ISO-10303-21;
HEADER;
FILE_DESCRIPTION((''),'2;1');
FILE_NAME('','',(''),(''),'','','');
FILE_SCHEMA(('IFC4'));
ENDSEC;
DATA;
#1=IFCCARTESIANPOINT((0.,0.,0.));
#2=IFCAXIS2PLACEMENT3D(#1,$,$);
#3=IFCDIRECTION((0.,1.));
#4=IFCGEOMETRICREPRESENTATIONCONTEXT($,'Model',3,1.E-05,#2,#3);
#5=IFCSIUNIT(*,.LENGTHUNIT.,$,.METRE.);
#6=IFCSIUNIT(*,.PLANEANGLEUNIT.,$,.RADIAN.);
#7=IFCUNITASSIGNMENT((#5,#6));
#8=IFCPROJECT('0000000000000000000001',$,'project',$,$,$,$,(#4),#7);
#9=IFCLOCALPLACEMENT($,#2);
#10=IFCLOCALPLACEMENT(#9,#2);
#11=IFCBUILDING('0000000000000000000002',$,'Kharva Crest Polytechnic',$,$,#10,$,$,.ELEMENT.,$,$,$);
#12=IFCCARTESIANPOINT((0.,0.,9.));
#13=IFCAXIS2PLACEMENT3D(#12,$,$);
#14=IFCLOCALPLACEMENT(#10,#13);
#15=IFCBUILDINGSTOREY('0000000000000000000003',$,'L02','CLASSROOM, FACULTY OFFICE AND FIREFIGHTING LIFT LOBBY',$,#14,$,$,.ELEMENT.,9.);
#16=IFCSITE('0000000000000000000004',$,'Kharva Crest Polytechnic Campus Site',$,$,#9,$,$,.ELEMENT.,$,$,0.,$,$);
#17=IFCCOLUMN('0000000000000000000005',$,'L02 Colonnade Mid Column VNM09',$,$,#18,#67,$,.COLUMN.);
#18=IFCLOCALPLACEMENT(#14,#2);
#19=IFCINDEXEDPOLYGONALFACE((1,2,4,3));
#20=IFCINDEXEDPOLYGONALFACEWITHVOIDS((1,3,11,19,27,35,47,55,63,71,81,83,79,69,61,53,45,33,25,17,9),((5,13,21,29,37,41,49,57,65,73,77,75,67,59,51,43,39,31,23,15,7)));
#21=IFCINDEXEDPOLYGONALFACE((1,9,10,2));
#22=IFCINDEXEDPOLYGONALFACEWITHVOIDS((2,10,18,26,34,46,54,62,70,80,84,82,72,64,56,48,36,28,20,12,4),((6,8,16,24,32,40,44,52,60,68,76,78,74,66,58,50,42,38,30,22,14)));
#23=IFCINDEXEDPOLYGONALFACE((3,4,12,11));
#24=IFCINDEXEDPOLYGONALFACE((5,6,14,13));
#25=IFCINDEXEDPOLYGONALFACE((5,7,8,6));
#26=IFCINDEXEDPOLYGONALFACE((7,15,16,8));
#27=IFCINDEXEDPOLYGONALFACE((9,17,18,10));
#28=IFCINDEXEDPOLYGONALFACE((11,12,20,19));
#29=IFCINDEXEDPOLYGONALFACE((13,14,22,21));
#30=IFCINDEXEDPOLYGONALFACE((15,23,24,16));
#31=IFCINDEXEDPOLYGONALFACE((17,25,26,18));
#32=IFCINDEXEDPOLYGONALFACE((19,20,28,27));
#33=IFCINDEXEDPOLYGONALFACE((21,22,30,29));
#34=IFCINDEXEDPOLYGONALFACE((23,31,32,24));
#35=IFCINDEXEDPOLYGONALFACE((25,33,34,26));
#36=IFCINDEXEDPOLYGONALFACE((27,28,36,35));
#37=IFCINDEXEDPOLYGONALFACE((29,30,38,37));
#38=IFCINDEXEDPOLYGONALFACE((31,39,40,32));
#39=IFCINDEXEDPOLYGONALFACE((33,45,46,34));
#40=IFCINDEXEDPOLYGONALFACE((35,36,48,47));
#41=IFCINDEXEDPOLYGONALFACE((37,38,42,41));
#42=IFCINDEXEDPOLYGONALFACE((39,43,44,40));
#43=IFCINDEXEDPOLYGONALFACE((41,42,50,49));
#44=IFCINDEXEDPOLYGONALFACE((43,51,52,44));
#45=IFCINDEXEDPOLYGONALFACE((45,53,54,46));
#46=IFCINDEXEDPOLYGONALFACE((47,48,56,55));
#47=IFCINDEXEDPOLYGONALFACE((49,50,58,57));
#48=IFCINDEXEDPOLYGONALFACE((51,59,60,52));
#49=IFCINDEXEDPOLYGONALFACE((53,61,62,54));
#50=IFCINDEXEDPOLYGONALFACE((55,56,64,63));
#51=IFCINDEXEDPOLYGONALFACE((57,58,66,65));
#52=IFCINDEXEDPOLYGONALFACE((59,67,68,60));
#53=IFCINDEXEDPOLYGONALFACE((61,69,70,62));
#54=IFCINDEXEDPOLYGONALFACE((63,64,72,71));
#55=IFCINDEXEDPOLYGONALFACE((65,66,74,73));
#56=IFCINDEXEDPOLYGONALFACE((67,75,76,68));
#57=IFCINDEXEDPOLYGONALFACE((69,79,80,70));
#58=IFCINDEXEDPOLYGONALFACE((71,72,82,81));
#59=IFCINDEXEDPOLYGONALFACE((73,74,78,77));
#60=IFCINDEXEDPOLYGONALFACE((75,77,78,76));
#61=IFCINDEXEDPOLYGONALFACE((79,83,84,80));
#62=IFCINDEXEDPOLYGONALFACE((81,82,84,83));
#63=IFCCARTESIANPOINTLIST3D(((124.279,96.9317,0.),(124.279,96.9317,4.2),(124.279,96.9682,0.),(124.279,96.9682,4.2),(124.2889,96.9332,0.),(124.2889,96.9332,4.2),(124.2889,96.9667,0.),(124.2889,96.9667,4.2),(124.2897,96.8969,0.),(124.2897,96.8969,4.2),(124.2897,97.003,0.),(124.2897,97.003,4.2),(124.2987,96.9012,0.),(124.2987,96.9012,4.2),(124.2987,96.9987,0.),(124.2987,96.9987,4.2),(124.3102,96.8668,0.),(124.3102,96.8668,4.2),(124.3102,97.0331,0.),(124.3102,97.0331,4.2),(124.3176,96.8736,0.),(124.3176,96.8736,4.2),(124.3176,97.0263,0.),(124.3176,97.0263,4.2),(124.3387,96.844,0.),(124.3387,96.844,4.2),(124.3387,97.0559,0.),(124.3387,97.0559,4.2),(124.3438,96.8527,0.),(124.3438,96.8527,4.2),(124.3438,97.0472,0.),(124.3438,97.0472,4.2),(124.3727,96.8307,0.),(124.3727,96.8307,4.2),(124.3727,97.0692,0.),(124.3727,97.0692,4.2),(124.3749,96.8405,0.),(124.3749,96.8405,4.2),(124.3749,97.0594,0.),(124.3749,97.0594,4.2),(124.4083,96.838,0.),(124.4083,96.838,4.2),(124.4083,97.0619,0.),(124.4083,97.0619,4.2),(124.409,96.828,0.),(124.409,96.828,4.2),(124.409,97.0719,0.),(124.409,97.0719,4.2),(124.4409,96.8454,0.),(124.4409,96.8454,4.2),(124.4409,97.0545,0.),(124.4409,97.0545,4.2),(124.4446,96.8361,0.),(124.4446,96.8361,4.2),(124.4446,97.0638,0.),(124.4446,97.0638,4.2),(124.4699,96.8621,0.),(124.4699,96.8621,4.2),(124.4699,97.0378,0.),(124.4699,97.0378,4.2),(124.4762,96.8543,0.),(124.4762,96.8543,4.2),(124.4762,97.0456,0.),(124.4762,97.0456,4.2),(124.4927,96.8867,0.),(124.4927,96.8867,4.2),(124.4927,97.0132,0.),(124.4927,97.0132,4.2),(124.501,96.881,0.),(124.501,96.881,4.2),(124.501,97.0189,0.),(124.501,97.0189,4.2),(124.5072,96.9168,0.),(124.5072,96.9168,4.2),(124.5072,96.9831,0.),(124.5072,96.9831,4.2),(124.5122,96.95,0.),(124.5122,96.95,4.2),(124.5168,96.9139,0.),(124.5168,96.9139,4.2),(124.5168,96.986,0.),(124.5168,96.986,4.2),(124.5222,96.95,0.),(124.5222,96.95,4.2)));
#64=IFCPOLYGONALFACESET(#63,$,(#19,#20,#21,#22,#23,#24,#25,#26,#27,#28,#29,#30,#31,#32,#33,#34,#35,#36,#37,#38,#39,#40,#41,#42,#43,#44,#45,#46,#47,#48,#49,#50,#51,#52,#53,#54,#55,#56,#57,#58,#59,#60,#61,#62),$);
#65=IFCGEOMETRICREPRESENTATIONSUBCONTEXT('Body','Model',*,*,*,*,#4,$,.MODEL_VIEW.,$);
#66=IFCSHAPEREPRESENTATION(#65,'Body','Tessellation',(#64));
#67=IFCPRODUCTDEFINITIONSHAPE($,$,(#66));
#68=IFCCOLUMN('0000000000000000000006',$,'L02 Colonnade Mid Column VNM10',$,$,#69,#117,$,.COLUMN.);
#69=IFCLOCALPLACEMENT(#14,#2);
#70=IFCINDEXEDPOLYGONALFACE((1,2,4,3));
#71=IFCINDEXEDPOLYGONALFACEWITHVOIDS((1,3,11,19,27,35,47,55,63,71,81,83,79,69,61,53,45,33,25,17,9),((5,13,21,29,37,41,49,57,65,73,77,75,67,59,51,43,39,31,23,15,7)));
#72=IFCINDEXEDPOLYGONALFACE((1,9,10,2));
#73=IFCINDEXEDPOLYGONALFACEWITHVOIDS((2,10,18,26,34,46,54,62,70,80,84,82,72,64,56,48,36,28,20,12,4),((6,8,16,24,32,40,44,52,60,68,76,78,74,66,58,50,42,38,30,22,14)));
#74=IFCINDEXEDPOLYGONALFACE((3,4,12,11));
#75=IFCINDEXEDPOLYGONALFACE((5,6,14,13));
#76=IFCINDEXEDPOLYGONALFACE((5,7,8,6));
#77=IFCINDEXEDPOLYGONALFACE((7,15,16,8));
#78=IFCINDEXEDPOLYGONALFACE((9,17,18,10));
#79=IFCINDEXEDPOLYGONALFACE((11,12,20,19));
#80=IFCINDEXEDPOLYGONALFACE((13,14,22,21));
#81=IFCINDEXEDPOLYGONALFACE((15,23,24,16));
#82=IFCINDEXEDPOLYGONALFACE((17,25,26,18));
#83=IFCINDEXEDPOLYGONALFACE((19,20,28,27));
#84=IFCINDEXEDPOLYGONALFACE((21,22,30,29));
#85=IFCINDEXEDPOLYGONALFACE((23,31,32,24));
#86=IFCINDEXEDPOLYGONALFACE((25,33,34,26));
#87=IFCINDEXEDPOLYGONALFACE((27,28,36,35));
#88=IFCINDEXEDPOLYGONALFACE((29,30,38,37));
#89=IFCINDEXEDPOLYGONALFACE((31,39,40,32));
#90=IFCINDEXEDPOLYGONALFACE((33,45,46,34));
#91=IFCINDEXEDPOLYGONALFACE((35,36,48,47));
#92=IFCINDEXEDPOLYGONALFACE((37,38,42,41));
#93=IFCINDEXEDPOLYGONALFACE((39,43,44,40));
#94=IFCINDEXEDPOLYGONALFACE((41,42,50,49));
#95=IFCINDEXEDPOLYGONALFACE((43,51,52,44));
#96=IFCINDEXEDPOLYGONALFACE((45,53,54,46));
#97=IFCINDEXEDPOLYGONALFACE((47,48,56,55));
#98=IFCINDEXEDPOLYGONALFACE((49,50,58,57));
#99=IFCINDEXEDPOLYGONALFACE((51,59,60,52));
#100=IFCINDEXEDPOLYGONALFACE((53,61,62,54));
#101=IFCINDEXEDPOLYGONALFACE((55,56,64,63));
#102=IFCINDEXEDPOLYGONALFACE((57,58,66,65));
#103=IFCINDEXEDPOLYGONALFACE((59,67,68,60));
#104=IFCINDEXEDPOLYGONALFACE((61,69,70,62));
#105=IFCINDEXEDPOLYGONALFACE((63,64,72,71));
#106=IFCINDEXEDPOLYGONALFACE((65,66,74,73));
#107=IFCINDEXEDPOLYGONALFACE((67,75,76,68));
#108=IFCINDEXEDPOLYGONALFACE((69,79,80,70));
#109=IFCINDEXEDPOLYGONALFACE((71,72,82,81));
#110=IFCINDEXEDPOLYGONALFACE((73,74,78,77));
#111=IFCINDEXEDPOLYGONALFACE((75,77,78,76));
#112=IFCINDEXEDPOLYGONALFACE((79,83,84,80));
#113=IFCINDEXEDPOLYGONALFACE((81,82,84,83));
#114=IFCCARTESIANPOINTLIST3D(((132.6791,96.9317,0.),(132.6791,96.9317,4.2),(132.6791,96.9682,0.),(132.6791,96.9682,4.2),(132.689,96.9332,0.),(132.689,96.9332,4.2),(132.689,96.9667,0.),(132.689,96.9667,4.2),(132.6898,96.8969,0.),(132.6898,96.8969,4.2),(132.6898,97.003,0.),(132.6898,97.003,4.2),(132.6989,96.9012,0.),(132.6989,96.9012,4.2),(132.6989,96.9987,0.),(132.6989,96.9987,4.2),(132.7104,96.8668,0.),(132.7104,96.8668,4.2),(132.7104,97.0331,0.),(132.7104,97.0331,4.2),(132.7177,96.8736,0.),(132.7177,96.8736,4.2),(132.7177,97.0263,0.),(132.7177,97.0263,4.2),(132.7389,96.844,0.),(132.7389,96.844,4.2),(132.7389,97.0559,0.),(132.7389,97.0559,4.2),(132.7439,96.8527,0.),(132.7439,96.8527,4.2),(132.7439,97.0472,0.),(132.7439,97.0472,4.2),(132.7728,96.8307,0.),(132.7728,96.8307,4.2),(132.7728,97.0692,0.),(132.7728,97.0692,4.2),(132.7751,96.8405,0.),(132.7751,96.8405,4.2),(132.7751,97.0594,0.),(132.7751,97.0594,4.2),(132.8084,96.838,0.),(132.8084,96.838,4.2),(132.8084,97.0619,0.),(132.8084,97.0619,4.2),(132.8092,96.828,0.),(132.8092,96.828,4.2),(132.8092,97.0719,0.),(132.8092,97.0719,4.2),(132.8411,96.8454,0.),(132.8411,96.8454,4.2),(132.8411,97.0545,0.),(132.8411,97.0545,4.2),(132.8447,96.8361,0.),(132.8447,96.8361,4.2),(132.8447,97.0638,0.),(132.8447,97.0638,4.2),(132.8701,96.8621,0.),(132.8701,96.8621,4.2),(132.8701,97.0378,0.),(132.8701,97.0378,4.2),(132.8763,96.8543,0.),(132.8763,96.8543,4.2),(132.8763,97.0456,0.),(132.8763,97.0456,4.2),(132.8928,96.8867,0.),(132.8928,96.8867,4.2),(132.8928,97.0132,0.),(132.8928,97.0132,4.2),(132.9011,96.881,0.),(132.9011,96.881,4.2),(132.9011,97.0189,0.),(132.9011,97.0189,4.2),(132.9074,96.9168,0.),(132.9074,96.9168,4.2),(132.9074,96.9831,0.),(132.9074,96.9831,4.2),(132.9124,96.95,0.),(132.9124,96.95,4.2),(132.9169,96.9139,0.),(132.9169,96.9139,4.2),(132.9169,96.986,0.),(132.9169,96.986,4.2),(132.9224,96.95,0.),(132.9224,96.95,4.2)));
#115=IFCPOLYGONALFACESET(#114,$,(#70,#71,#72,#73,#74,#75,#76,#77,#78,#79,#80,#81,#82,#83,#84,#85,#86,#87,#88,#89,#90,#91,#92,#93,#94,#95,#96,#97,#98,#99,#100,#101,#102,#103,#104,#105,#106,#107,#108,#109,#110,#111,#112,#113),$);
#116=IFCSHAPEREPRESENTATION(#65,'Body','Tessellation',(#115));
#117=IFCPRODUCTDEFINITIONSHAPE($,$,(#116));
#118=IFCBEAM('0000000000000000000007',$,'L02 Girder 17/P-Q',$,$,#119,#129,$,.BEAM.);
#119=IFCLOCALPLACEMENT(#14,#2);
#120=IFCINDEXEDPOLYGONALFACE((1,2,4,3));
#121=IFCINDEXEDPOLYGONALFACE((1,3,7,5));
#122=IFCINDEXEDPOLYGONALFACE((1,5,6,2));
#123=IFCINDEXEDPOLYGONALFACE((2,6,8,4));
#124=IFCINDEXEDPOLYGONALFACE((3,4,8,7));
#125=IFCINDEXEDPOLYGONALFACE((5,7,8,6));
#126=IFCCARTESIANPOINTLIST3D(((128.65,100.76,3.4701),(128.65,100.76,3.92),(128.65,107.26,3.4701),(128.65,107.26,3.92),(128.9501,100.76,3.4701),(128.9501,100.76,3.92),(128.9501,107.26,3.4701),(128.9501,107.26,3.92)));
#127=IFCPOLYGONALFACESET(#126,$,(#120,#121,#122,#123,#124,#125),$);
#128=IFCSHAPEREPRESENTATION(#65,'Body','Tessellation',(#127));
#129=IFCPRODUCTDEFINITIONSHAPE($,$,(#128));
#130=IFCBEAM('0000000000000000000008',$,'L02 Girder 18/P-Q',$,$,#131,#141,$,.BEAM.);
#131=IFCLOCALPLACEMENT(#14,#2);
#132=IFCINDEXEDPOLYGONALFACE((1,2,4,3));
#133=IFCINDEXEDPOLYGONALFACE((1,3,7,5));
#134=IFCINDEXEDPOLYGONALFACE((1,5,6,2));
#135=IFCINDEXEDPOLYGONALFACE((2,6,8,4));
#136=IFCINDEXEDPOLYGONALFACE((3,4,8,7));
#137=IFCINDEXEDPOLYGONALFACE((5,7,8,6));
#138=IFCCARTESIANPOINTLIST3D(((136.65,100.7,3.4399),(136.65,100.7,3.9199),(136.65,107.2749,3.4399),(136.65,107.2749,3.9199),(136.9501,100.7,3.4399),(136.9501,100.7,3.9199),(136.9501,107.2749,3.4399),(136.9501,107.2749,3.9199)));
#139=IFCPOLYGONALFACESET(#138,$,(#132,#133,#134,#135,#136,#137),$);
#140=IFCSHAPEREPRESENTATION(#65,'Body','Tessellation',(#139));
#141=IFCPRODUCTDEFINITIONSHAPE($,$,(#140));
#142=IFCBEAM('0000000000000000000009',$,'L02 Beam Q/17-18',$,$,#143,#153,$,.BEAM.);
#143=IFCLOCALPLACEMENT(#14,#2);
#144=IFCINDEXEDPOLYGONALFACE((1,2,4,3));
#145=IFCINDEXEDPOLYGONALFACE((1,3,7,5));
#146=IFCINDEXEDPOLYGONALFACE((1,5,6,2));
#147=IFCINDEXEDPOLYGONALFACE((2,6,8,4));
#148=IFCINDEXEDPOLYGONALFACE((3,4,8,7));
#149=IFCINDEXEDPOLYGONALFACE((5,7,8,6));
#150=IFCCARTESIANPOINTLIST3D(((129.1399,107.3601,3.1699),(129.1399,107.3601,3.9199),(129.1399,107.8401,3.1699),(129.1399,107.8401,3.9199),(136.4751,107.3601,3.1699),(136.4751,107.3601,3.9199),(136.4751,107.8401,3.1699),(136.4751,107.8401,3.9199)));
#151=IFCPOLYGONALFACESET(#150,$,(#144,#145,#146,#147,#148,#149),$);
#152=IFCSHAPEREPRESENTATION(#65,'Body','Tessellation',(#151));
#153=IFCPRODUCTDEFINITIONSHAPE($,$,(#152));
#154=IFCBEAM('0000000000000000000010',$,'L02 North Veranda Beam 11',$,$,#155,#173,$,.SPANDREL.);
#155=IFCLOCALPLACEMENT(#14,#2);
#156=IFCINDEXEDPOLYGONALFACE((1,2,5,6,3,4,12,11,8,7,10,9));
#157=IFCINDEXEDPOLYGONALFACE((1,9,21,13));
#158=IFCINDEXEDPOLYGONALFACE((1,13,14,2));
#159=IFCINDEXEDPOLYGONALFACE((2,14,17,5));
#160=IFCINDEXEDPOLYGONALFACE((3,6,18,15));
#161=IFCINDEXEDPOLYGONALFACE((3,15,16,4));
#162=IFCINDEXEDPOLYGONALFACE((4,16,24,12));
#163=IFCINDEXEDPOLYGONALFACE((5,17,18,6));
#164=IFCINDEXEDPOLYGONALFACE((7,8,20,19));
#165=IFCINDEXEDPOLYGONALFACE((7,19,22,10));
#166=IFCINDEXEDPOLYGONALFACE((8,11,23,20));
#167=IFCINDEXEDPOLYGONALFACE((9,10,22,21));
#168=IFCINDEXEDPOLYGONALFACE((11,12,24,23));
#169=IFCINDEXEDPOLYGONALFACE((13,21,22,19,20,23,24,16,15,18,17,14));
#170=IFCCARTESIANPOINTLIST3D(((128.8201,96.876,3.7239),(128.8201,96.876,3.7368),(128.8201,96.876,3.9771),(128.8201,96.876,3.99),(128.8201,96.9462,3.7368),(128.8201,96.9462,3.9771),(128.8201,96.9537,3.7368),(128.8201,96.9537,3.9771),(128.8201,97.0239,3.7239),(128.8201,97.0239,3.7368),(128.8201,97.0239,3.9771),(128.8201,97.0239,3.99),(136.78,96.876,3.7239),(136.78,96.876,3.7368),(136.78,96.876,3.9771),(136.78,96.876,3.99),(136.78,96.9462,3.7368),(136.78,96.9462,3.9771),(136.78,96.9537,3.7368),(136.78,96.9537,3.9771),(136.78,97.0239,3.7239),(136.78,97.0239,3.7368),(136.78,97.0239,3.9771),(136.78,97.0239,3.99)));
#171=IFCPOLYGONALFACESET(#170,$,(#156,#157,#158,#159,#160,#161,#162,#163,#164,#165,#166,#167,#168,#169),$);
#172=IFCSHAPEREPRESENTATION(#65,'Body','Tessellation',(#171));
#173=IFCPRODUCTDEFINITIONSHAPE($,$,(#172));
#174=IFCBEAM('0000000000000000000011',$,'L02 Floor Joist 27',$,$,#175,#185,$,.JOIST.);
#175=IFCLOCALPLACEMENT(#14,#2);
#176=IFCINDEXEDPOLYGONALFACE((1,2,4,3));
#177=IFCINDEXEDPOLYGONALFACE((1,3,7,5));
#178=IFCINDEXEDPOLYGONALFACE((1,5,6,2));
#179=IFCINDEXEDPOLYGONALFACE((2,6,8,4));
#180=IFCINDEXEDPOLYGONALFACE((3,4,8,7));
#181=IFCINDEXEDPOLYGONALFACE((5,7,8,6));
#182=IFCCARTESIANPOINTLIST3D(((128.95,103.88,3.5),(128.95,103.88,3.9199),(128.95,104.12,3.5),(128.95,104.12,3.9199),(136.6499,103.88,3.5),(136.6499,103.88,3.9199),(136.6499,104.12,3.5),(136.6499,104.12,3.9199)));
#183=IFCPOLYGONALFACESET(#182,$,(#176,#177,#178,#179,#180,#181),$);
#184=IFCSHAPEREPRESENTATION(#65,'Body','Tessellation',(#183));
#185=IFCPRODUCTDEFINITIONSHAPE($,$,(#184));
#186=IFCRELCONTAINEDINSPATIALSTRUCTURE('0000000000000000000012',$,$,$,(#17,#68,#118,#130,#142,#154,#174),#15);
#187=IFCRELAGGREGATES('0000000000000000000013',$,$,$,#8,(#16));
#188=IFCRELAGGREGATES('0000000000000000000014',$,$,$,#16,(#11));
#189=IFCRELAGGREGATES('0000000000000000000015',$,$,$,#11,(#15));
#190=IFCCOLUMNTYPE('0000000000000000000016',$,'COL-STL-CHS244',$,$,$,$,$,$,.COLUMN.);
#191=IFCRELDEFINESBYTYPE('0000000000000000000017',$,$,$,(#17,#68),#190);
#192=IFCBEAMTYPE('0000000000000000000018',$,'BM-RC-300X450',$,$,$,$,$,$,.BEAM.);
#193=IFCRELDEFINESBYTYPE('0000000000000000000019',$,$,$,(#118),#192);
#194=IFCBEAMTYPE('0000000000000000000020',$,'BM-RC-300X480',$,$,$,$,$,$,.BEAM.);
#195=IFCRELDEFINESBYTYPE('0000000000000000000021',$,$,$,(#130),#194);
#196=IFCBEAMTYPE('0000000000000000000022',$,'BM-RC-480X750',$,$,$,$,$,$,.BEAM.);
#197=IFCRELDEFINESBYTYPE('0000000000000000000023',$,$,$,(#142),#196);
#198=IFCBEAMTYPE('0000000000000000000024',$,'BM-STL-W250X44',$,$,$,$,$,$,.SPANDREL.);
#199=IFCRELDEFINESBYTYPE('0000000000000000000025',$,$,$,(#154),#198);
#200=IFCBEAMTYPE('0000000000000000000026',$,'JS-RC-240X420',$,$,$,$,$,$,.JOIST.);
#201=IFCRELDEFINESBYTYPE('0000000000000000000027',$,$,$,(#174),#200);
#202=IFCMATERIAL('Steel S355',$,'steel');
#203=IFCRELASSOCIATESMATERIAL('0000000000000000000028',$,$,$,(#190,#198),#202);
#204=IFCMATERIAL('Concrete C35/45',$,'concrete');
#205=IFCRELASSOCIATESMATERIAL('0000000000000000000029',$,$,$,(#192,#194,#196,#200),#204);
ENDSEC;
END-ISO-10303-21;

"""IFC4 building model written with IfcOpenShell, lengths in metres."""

from ifc_helpers import new_model, si_unit, direction, frame, origin, origin_2d, place, context, subcontext, project, spatial, rectangle, hollow_circle, i_section, extrude, material, material_profile, profile_set, type_object, element, save


model = new_model("IFC4")

# Units and contexts
model_context = context("Model", 3, precision=1e-05, world=origin(), true_north=direction((0.0, 1.0)))
body_context = subcontext(model_context, "Body", "Model", "MODEL_VIEW")
ifc_project = project(units=[si_unit("LENGTHUNIT", "METRE"), si_unit("PLANEANGLEUNIT", "RADIAN")], contexts=[model_context])

# Site, building, storey
site_placement = place(None, origin())
site = spatial("IfcSite", under=ifc_project, at=site_placement, Name="Kharva Crest Polytechnic Campus Site", CompositionType="ELEMENT", RefElevation=0.0)
building_placement = place(site_placement, origin())
building = spatial("IfcBuilding", under=site, at=building_placement, Name="Kharva Crest Polytechnic", CompositionType="ELEMENT")
storey_placement = place(building_placement, frame((0.0, 0.0, 9.0)))
storey = spatial("IfcBuildingStorey", under=building, at=storey_placement, Name="L02", Description="CLASSROOM, FACULTY OFFICE AND FIREFIGHTING LIFT LOBBY", CompositionType="ELEMENT", Elevation=9.0)

# Columns
ifc_material_1 = material(Name="Steel S355", Category="steel")
ifc_material_profile_1 = material_profile(ifc_material_1, hollow_circle(Radius=0.1223, WallThickness=0.01, at=origin_2d()), Name="CHS 244.5X10.0")
ifc_profile_set_1 = profile_set([ifc_material_profile_1], Name="Steel S355")
column_type_1 = type_object("IfcColumnType", Name="COL-STL-CHS244", PredefinedType="COLUMN", material=ifc_profile_set_1)
for number, where, z_axis, x_axis, name in (
    (1, (124.3999, 96.95, 0.0), (0.0, 0.0, 1.0), (1.0, 0.0, 0.0), "L02 Colonnade Mid Column VNM09"),
    (2, (132.8, 96.95, 0.0), (0.0, 0.0, 1.0), (1.0, 0.0, 0.0), "L02 Colonnade Mid Column VNM10"),
):
    element("IfcColumn", number, at=place(storey_placement, frame(where, z_axis=z_axis, x_axis=x_axis)), inside=storey, type_object=column_type_1, Name=name, PredefinedType="COLUMN", context=body_context, shape_type="SweptSolid", body=[
        extrude(hollow_circle(Radius=0.1223, WallThickness=0.01, at=origin_2d()), origin(), (0.0, 0.0, 1.0), 4.2),
    ])

# Beams
ifc_material_2 = material(Name="Concrete C35/45", Category="concrete")
ifc_material_profile_2 = material_profile(ifc_material_2, rectangle(XDim=0.3, YDim=0.45, at=origin_2d()), Name="RECT 300 X 450")
ifc_profile_set_2 = profile_set([ifc_material_profile_2], Name="Concrete C35/45")
beam_type_1 = type_object("IfcBeamType", Name="BM-RC-300X450", PredefinedType="BEAM", material=ifc_profile_set_2)
beam_1_placement = place(storey_placement, frame((128.8, 100.76, 3.6951), z_axis=(0.0, 1.0, 0.0), x_axis=(-1.0, 0.0, 0.0)))
element("IfcBeam", 3, at=beam_1_placement, inside=storey, type_object=beam_type_1, Name="L02 Girder 17/P-Q", PredefinedType="BEAM", context=body_context, shape_type="SweptSolid", body=[
    extrude(rectangle(XDim=0.3, YDim=0.45, at=origin_2d()), origin(), (0.0, 0.0, 1.0), 6.5),
])
ifc_material_profile_3 = material_profile(ifc_material_2, rectangle(XDim=0.3, YDim=0.48, at=origin_2d()), Name="RECT 300 X 480")
ifc_profile_set_3 = profile_set([ifc_material_profile_3], Name="Concrete C35/45")
beam_type_2 = type_object("IfcBeamType", Name="BM-RC-300X480", PredefinedType="BEAM", material=ifc_profile_set_3)
beam_2_placement = place(storey_placement, frame((136.8, 100.7, 3.6799), z_axis=(0.0, 1.0, 0.0), x_axis=(-1.0, 0.0, 0.0)))
element("IfcBeam", 4, at=beam_2_placement, inside=storey, type_object=beam_type_2, Name="L02 Girder 18/P-Q", PredefinedType="BEAM", context=body_context, shape_type="SweptSolid", body=[
    extrude(rectangle(XDim=0.3, YDim=0.48, at=origin_2d()), origin(), (0.0, 0.0, 1.0), 6.575),
])
ifc_material_profile_4 = material_profile(ifc_material_2, rectangle(XDim=0.48, YDim=0.75, at=origin_2d()), Name="RECT 480 X 750")
ifc_profile_set_4 = profile_set([ifc_material_profile_4], Name="Concrete C35/45")
beam_type_3 = type_object("IfcBeamType", Name="BM-RC-480X750", PredefinedType="BEAM", material=ifc_profile_set_4)
beam_3_placement = place(storey_placement, frame((129.1399, 107.6001, 3.5449), z_axis=(1.0, 0.0, 0.0), x_axis=(0.0, 1.0, 0.0)))
element("IfcBeam", 5, at=beam_3_placement, inside=storey, type_object=beam_type_3, Name="L02 Beam Q/17-18", PredefinedType="BEAM", context=body_context, shape_type="SweptSolid", body=[
    extrude(rectangle(XDim=0.48, YDim=0.75, at=origin_2d()), origin(), (0.0, 0.0, 1.0), 7.3352),
])
ifc_material_profile_5 = material_profile(ifc_material_1, i_section(OverallWidth=0.1479, OverallDepth=0.2661, WebThickness=0.0076, FlangeThickness=0.0129, at=origin_2d()), Name="W250X44.8")
ifc_profile_set_5 = profile_set([ifc_material_profile_5], Name="Steel S355")
beam_type_4 = type_object("IfcBeamType", Name="BM-STL-W250X44", PredefinedType="SPANDREL", material=ifc_profile_set_5)
beam_4_placement = place(storey_placement, frame((128.8201, 96.95, 3.8569), z_axis=(1.0, 0.0, 0.0), x_axis=(0.0, 1.0, 0.0)))
element("IfcBeam", 6, at=beam_4_placement, inside=storey, type_object=beam_type_4, Name="L02 North Veranda Beam 11", PredefinedType="SPANDREL", context=body_context, shape_type="SweptSolid", body=[
    extrude(i_section(OverallWidth=0.1479, OverallDepth=0.2661, WebThickness=0.0076, FlangeThickness=0.0129, at=origin_2d()), origin(), (0.0, 0.0, 1.0), 7.96),
])
ifc_material_profile_6 = material_profile(ifc_material_2, rectangle(XDim=0.24, YDim=0.4199, at=origin_2d()), Name="RECT 240 X 420")
ifc_profile_set_6 = profile_set([ifc_material_profile_6], Name="Concrete C35/45")
beam_type_5 = type_object("IfcBeamType", Name="JS-RC-240X420", PredefinedType="JOIST", material=ifc_profile_set_6)
beam_5_placement = place(storey_placement, frame((128.95, 104.0, 3.71), z_axis=(1.0, 0.0, 0.0), x_axis=(0.0, 1.0, 0.0)))
element("IfcBeam", 7, at=beam_5_placement, inside=storey, type_object=beam_type_5, Name="L02 Floor Joist 27", PredefinedType="JOIST", context=body_context, shape_type="SweptSolid", body=[
    extrude(rectangle(XDim=0.24, YDim=0.4199, at=origin_2d()), origin(), (0.0, 0.0, 1.0), 7.7),
])

save(model, "model.ifc")
